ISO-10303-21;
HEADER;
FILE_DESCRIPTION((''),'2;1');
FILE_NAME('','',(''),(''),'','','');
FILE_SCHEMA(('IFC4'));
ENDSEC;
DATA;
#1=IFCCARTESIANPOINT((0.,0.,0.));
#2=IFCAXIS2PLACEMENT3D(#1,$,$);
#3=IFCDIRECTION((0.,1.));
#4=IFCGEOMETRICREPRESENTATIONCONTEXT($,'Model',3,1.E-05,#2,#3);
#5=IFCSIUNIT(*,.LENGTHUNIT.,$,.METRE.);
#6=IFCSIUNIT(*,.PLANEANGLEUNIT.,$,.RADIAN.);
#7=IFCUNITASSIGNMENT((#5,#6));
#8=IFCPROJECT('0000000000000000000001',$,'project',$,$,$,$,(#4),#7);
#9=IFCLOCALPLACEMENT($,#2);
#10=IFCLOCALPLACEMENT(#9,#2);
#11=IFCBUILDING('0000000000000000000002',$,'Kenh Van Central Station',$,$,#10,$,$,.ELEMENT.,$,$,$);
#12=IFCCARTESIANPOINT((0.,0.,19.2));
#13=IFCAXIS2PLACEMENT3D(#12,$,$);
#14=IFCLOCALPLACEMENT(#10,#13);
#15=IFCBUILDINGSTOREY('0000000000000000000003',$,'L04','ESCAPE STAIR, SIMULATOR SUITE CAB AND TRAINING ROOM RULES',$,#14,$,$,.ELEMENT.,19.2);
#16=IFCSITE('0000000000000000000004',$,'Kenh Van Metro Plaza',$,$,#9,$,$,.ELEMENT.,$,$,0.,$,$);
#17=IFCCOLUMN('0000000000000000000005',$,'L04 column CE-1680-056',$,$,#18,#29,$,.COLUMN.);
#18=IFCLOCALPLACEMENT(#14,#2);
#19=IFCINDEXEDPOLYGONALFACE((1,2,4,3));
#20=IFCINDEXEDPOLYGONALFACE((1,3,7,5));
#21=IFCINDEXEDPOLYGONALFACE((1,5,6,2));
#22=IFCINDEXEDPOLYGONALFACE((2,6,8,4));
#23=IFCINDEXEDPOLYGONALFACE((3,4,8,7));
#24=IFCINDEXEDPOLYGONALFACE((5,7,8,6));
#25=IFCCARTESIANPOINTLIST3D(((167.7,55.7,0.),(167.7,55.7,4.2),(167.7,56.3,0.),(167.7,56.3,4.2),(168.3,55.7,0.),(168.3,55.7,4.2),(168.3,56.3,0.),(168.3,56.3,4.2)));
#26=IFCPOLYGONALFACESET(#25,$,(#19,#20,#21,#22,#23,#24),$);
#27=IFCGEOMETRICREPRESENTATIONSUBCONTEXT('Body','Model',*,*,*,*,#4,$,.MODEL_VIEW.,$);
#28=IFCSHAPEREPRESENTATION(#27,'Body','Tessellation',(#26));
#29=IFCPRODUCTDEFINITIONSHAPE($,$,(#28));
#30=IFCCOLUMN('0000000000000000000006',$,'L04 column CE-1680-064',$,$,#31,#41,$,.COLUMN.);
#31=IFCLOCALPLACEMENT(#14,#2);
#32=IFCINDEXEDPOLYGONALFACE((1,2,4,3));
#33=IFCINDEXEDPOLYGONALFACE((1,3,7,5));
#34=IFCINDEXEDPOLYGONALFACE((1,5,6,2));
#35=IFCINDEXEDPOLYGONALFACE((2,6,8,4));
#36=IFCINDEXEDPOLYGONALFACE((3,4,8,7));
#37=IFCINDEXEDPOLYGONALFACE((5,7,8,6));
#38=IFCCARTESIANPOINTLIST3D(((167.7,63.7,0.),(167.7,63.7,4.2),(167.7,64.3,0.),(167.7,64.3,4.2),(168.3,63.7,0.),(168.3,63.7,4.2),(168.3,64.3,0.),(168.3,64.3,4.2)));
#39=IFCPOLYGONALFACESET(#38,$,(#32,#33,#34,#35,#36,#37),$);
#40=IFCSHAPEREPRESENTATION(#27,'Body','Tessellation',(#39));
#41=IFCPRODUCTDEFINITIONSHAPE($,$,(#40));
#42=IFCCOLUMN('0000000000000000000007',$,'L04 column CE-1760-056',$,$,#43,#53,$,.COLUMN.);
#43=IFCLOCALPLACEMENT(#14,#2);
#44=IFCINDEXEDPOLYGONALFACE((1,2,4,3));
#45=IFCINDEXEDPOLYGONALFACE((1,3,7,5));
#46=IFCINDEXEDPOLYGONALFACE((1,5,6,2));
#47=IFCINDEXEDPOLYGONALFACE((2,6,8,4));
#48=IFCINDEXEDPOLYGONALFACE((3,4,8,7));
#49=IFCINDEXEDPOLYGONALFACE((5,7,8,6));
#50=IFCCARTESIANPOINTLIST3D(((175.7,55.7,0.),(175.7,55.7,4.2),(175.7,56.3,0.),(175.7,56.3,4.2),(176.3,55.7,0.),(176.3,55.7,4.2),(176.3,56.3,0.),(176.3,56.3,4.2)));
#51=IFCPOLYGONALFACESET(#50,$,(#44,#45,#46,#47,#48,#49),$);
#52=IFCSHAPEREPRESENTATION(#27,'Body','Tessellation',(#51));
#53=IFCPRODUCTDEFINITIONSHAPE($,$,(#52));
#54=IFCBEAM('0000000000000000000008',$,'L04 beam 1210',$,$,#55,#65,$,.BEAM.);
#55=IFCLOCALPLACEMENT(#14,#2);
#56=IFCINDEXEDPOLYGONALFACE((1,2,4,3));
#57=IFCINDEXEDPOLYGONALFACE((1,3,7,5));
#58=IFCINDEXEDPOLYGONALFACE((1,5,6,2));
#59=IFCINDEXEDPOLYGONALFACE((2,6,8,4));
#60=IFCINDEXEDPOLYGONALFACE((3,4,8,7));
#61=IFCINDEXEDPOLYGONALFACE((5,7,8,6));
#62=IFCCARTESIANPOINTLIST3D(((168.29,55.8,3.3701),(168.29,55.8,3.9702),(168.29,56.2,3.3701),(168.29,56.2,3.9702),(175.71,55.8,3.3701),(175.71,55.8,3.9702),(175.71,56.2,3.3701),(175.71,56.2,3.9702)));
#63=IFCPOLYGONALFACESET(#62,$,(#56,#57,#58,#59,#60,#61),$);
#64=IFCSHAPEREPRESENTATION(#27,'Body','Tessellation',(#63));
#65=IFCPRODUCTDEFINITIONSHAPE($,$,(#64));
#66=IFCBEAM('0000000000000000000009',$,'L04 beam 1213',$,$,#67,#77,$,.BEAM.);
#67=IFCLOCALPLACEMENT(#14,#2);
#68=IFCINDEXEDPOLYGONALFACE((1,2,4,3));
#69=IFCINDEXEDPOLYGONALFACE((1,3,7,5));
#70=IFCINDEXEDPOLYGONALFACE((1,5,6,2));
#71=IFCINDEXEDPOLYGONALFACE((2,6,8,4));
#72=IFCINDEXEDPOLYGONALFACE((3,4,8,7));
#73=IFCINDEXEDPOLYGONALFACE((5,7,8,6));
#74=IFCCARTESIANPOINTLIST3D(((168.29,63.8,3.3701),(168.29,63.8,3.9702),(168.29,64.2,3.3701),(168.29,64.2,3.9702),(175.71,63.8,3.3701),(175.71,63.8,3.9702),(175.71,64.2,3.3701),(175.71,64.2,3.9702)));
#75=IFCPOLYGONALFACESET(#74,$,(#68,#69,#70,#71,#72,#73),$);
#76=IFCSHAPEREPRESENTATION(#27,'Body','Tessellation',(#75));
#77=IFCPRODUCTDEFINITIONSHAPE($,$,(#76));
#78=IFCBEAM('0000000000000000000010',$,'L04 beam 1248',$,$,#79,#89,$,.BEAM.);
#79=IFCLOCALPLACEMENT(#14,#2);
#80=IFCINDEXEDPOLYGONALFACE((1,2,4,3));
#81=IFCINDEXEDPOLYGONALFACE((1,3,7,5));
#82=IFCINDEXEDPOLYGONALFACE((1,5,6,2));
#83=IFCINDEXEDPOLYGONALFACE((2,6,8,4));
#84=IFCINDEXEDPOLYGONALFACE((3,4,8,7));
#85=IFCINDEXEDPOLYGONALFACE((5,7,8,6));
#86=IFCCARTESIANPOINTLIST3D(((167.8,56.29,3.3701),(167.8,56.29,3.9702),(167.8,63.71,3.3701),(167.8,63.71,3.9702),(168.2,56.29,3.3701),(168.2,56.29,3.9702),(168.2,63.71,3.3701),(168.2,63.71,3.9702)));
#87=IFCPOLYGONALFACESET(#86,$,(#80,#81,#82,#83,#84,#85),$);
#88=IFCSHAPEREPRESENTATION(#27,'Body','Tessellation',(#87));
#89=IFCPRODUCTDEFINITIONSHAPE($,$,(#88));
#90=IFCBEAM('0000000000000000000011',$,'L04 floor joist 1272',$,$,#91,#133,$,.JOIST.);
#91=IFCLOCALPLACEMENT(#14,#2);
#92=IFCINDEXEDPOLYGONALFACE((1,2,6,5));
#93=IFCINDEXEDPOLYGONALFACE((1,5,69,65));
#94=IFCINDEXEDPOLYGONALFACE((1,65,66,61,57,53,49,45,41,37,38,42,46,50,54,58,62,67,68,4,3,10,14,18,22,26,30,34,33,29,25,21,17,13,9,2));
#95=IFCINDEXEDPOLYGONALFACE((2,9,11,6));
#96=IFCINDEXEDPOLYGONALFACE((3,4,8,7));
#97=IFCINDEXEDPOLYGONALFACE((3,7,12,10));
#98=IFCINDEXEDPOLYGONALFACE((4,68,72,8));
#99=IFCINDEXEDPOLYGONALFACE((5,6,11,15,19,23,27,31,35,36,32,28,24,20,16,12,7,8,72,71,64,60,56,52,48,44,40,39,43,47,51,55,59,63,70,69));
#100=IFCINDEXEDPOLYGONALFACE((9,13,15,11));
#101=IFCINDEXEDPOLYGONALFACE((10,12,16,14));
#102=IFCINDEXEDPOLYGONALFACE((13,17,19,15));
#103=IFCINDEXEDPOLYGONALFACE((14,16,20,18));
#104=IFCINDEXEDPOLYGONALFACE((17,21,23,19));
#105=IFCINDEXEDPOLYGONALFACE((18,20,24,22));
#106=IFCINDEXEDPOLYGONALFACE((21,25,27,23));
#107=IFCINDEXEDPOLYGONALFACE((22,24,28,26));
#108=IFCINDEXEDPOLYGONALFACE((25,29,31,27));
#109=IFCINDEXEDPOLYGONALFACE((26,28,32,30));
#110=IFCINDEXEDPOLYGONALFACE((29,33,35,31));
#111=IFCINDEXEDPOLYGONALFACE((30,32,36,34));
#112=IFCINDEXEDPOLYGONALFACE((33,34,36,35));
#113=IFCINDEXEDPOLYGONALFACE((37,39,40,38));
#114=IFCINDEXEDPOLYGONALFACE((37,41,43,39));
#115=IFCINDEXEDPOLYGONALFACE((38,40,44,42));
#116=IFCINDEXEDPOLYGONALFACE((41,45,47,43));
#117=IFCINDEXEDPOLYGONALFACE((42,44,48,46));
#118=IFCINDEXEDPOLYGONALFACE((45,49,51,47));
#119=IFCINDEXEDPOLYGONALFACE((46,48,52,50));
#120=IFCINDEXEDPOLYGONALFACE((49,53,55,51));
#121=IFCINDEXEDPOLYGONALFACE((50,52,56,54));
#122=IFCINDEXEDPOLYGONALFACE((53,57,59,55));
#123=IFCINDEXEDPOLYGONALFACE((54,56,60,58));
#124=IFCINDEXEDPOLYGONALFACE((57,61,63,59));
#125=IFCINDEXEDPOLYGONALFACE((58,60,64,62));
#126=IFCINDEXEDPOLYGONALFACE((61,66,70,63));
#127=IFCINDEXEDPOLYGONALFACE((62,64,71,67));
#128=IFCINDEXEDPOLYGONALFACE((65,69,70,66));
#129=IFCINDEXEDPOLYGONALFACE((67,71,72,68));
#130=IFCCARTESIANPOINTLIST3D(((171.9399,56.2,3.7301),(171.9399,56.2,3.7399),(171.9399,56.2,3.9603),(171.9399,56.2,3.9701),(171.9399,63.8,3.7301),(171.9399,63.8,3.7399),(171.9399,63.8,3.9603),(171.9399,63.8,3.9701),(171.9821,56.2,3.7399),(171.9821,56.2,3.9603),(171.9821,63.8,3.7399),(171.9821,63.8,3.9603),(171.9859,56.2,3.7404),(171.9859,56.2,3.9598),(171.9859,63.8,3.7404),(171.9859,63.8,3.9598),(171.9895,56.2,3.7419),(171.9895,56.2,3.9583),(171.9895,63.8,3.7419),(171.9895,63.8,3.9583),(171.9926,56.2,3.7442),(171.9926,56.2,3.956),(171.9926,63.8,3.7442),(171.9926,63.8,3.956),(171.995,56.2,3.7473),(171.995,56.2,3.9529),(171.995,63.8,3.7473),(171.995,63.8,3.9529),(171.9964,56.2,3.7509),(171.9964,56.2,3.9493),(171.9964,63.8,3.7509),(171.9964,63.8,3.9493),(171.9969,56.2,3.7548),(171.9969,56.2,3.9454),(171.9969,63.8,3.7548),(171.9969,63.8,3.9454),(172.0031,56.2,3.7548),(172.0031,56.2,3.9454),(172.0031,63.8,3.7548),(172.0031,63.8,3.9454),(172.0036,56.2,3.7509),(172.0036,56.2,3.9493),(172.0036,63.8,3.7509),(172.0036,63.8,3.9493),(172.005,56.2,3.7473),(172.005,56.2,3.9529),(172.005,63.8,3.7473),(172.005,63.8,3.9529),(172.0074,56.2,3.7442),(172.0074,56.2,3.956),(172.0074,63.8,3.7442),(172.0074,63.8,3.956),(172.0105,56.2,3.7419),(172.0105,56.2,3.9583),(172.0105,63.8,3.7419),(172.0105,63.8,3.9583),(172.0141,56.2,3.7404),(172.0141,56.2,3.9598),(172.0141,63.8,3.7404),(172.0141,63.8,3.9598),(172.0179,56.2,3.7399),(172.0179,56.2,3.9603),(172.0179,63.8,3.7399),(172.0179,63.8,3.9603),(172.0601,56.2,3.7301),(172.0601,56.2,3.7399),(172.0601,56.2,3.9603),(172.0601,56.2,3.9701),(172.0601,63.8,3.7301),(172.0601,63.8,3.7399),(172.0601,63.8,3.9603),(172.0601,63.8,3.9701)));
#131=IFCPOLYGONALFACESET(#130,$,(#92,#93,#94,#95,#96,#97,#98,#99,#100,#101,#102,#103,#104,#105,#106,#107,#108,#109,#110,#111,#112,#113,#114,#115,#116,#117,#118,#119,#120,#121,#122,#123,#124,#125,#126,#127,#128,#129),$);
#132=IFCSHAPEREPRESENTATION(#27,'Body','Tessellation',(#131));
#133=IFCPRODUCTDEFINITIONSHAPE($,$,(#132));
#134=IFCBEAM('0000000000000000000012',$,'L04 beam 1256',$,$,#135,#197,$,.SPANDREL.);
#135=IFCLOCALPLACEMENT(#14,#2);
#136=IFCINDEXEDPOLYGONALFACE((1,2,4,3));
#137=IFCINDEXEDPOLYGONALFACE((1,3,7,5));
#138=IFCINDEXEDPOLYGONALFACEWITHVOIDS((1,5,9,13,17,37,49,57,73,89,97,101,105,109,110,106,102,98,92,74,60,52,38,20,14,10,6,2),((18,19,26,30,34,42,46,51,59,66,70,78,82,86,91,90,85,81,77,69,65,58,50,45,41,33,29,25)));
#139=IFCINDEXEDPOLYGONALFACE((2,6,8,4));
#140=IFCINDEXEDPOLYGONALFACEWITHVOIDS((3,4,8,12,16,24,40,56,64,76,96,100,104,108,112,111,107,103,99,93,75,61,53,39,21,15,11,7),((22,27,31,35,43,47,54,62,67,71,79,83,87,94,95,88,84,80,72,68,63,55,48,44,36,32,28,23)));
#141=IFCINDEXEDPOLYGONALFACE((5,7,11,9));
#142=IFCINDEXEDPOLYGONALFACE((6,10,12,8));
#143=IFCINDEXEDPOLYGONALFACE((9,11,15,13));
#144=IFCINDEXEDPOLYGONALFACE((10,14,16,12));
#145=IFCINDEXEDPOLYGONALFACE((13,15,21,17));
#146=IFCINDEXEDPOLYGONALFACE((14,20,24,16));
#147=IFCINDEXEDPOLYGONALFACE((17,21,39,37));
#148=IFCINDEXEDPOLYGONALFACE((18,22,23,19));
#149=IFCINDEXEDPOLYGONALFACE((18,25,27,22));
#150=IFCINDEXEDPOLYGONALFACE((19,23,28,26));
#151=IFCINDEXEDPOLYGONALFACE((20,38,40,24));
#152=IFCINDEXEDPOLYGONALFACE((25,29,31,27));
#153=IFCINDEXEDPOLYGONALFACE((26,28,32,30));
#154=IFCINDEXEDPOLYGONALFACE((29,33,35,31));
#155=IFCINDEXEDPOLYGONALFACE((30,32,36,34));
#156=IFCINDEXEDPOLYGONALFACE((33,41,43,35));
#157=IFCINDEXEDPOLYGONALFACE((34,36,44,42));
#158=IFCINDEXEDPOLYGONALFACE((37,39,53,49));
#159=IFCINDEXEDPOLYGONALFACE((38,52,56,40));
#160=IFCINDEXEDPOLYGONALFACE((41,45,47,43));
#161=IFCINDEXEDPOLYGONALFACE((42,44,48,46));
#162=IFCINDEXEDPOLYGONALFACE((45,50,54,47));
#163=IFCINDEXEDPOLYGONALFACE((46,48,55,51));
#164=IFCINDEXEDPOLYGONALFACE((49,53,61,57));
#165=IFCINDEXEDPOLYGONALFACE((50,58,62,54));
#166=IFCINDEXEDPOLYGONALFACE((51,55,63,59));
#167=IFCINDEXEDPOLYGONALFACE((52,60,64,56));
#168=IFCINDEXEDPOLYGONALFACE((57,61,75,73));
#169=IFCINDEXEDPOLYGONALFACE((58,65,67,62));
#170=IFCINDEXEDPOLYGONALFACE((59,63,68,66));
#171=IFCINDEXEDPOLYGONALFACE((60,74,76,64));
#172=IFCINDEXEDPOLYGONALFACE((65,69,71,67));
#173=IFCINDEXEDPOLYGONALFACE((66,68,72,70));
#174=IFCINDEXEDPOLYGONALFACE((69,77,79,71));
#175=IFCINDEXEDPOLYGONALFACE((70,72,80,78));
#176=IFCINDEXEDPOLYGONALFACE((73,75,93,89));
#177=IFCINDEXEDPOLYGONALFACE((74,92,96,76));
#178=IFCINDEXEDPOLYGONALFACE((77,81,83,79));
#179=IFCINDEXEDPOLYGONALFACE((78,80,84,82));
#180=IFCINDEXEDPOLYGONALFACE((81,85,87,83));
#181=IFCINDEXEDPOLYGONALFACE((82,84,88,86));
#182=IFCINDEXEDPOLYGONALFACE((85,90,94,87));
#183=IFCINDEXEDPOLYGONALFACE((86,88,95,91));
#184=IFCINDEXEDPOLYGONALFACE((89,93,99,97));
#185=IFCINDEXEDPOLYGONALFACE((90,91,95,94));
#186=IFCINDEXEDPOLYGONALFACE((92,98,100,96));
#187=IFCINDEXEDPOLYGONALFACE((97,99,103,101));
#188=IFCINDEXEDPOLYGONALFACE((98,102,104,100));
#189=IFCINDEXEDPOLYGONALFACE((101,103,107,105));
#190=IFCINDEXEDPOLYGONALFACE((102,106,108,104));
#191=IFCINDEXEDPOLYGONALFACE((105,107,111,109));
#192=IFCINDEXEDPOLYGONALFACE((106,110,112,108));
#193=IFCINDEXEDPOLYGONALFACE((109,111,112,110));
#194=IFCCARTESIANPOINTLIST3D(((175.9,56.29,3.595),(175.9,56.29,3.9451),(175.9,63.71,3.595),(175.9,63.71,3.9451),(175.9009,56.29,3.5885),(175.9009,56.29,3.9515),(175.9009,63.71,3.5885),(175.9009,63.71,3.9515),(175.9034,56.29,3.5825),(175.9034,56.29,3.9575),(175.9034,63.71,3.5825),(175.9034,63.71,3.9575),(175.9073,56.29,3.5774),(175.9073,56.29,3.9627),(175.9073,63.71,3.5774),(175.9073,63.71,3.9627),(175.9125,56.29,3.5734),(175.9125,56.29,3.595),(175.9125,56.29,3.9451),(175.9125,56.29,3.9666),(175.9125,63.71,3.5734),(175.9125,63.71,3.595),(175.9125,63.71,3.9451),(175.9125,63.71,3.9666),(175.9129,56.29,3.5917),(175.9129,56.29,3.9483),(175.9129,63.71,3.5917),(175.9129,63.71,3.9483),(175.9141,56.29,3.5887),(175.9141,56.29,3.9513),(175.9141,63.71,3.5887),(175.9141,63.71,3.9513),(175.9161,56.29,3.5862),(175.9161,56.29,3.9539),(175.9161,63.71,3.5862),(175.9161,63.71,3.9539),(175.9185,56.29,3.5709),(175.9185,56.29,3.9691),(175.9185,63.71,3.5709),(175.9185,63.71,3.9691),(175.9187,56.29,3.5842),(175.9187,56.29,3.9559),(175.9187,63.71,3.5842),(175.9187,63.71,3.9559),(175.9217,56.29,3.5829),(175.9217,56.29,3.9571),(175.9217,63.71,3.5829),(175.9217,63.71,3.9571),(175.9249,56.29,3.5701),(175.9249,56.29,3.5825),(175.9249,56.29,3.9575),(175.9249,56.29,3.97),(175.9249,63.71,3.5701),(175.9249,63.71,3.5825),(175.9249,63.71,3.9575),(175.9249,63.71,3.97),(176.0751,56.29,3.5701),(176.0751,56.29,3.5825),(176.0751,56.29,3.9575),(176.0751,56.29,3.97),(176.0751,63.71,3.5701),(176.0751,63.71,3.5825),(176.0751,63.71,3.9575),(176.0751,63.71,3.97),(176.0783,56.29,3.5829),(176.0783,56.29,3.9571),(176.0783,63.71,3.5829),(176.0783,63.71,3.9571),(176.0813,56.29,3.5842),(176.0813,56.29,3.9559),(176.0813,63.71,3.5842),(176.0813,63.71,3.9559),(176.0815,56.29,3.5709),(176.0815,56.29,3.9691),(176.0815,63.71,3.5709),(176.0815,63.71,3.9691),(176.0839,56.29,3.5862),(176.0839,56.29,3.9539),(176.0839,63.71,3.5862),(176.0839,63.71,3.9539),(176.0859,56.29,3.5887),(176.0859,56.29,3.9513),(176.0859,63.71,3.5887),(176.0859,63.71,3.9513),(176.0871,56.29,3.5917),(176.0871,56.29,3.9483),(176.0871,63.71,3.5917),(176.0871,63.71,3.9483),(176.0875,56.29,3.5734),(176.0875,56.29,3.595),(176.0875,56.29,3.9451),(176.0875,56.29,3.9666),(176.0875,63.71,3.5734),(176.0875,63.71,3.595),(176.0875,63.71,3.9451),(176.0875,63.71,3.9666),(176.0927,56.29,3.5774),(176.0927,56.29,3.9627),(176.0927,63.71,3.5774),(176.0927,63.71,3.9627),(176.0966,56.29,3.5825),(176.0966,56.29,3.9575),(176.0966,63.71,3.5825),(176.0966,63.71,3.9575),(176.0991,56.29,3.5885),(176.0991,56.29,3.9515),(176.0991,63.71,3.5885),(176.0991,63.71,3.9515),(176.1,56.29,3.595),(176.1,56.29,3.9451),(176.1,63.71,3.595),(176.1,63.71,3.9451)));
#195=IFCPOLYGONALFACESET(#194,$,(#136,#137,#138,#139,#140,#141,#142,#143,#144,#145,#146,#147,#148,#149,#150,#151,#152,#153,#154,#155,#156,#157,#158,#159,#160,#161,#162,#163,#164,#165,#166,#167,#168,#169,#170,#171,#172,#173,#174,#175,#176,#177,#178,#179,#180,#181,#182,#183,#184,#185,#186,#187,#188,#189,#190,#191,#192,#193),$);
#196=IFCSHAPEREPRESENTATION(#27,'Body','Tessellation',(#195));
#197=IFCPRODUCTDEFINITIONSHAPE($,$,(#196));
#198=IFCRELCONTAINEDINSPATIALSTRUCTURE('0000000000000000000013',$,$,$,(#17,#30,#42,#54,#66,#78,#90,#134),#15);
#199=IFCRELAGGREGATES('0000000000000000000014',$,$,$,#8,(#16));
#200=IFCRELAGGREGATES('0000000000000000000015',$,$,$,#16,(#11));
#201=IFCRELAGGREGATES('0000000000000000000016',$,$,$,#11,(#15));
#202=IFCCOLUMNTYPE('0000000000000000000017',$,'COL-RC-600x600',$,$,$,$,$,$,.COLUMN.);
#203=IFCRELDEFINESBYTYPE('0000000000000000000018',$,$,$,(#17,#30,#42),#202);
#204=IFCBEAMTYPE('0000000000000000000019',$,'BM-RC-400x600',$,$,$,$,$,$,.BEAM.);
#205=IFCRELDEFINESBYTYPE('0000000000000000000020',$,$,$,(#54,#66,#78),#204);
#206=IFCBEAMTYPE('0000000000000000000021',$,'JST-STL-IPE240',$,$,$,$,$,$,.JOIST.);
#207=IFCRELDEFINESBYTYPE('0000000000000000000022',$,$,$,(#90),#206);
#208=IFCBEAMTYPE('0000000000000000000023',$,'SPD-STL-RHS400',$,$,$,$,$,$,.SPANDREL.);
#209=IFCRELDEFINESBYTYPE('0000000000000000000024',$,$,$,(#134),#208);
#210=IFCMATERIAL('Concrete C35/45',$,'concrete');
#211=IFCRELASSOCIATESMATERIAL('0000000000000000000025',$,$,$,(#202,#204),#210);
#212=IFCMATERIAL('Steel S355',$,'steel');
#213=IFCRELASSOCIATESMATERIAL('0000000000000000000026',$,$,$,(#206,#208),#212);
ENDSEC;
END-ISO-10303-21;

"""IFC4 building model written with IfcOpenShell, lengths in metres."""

from ifc_helpers import new_model, si_unit, direction, frame, origin, origin_2d, place, context, subcontext, project, spatial, rectangle, hollow_rectangle, i_section, extrude, material, material_profile, profile_set, type_object, element, save


model = new_model("IFC4")

# Units and contexts
model_context = context("Model", 3, precision=1e-05, world=origin(), true_north=direction((0.0, 1.0)))
body_context = subcontext(model_context, "Body", "Model", "MODEL_VIEW")
ifc_project = project(units=[si_unit("LENGTHUNIT", "METRE"), si_unit("PLANEANGLEUNIT", "RADIAN")], contexts=[model_context])

# Site, building, storey
site_placement = place(None, origin())
site = spatial("IfcSite", under=ifc_project, at=site_placement, Name="Kenh Van Metro Plaza", CompositionType="ELEMENT", RefElevation=0.0)
building_placement = place(site_placement, origin())
building = spatial("IfcBuilding", under=site, at=building_placement, Name="Kenh Van Central Station", CompositionType="ELEMENT")
storey_placement = place(building_placement, frame((0.0, 0.0, 19.2)))
storey = spatial("IfcBuildingStorey", under=building, at=storey_placement, Name="L04", Description="ESCAPE STAIR, SIMULATOR SUITE CAB AND TRAINING ROOM RULES", CompositionType="ELEMENT", Elevation=19.2)

# Columns
ifc_material_1 = material(Name="Concrete C35/45", Category="concrete")
ifc_material_profile_1 = material_profile(ifc_material_1, rectangle(XDim=0.6001, YDim=0.6001, at=origin_2d()), Name="RC 600x600")
ifc_profile_set_1 = profile_set([ifc_material_profile_1], Name="Concrete C35/45")
column_type = type_object("IfcColumnType", Name="COL-RC-600x600", PredefinedType="COLUMN", material=ifc_profile_set_1)
for number, where, z_axis, x_axis, name in (
    (1, (168.0, 56.0, 0.0), (0.0, 0.0, 1.0), (1.0, 0.0, 0.0), "L04 column CE-1680-056"),
    (2, (168.0, 64.0, 0.0), (0.0, 0.0, 1.0), (1.0, 0.0, 0.0), "L04 column CE-1680-064"),
    (3, (176.0, 56.0, 0.0), (0.0, 0.0, 1.0), (1.0, 0.0, 0.0), "L04 column CE-1760-056"),
):
    element("IfcColumn", number, at=place(storey_placement, frame(where, z_axis=z_axis, x_axis=x_axis)), inside=storey, type_object=column_type, Name=name, PredefinedType="COLUMN", context=body_context, shape_type="SweptSolid", body=[
        extrude(rectangle(XDim=0.6001, YDim=0.6001, at=origin_2d()), origin(), (0.0, 0.0, 1.0), 4.2),
    ])

# Beams
ifc_material_profile_2 = material_profile(ifc_material_1, rectangle(XDim=0.3999, YDim=0.6001, at=origin_2d()), Name="RC 400x600")
ifc_profile_set_2 = profile_set([ifc_material_profile_2], Name="Concrete C35/45")
beam_type_1 = type_object("IfcBeamType", Name="BM-RC-400x600", PredefinedType="BEAM", material=ifc_profile_set_2)
for number, where, z_axis, x_axis, name in (
    (4, (168.29, 56.0, 3.6702), (1.0, 0.0, 0.0), (0.0, 1.0, 0.0), "L04 beam 1210"),
    (5, (168.29, 64.0, 3.6702), (1.0, 0.0, 0.0), (0.0, 1.0, 0.0), "L04 beam 1213"),
    (6, (168.0, 56.29, 3.6702), (0.0, 1.0, 0.0), (-1.0, 0.0, 0.0), "L04 beam 1248"),
):
    element("IfcBeam", number, at=place(storey_placement, frame(where, z_axis=z_axis, x_axis=x_axis)), inside=storey, type_object=beam_type_1, Name=name, PredefinedType="BEAM", context=body_context, shape_type="SweptSolid", body=[
        extrude(rectangle(XDim=0.3999, YDim=0.6001, at=origin_2d()), origin(), (0.0, 0.0, 1.0), 7.4199),
    ])
ifc_material_2 = material(Name="Steel S355", Category="steel")
ifc_material_profile_3 = material_profile(ifc_material_2, i_section(OverallWidth=0.1201, OverallDepth=0.24, WebThickness=0.0061, FlangeThickness=0.0098, FilletRadius=0.0149, at=origin_2d()), Name="IPE 240")
ifc_profile_set_3 = profile_set([ifc_material_profile_3], Name="Steel S355")
beam_type_2 = type_object("IfcBeamType", Name="JST-STL-IPE240", PredefinedType="JOIST", material=ifc_profile_set_3)
beam_1_placement = place(storey_placement, frame((172.0, 56.2, 3.8501), z_axis=(0.0, 1.0, 0.0), x_axis=(-1.0, 0.0, 0.0)))
element("IfcBeam", 7, at=beam_1_placement, inside=storey, type_object=beam_type_2, Name="L04 floor joist 1272", PredefinedType="JOIST", context=body_context, shape_type="SweptSolid", body=[
    extrude(i_section(OverallWidth=0.1201, OverallDepth=0.24, WebThickness=0.0061, FlangeThickness=0.0098, FilletRadius=0.0149, at=origin_2d()), origin(), (0.0, 0.0, 1.0), 7.6001),
])
ifc_material_profile_4 = material_profile(ifc_material_2, hollow_rectangle(XDim=0.2, YDim=0.3999, WallThickness=0.0125, InnerFilletRadius=0.0125, OuterFilletRadius=0.0249, at=origin_2d()), Name="RHS 400x200x12.5")
ifc_profile_set_4 = profile_set([ifc_material_profile_4], Name="Steel S355")
beam_type_3 = type_object("IfcBeamType", Name="SPD-STL-RHS400", PredefinedType="SPANDREL", material=ifc_profile_set_4)
beam_2_placement = place(storey_placement, frame((176.0, 56.29, 3.77), z_axis=(0.0, 1.0, 0.0), x_axis=(-1.0, 0.0, 0.0)))
element("IfcBeam", 8, at=beam_2_placement, inside=storey, type_object=beam_type_3, Name="L04 beam 1256", PredefinedType="SPANDREL", context=body_context, shape_type="SweptSolid", body=[
    extrude(hollow_rectangle(XDim=0.2, YDim=0.3999, WallThickness=0.0125, InnerFilletRadius=0.0125, OuterFilletRadius=0.0249, at=origin_2d()), origin(), (0.0, 0.0, 1.0), 7.4199),
])

save(model, "model.ifc")
